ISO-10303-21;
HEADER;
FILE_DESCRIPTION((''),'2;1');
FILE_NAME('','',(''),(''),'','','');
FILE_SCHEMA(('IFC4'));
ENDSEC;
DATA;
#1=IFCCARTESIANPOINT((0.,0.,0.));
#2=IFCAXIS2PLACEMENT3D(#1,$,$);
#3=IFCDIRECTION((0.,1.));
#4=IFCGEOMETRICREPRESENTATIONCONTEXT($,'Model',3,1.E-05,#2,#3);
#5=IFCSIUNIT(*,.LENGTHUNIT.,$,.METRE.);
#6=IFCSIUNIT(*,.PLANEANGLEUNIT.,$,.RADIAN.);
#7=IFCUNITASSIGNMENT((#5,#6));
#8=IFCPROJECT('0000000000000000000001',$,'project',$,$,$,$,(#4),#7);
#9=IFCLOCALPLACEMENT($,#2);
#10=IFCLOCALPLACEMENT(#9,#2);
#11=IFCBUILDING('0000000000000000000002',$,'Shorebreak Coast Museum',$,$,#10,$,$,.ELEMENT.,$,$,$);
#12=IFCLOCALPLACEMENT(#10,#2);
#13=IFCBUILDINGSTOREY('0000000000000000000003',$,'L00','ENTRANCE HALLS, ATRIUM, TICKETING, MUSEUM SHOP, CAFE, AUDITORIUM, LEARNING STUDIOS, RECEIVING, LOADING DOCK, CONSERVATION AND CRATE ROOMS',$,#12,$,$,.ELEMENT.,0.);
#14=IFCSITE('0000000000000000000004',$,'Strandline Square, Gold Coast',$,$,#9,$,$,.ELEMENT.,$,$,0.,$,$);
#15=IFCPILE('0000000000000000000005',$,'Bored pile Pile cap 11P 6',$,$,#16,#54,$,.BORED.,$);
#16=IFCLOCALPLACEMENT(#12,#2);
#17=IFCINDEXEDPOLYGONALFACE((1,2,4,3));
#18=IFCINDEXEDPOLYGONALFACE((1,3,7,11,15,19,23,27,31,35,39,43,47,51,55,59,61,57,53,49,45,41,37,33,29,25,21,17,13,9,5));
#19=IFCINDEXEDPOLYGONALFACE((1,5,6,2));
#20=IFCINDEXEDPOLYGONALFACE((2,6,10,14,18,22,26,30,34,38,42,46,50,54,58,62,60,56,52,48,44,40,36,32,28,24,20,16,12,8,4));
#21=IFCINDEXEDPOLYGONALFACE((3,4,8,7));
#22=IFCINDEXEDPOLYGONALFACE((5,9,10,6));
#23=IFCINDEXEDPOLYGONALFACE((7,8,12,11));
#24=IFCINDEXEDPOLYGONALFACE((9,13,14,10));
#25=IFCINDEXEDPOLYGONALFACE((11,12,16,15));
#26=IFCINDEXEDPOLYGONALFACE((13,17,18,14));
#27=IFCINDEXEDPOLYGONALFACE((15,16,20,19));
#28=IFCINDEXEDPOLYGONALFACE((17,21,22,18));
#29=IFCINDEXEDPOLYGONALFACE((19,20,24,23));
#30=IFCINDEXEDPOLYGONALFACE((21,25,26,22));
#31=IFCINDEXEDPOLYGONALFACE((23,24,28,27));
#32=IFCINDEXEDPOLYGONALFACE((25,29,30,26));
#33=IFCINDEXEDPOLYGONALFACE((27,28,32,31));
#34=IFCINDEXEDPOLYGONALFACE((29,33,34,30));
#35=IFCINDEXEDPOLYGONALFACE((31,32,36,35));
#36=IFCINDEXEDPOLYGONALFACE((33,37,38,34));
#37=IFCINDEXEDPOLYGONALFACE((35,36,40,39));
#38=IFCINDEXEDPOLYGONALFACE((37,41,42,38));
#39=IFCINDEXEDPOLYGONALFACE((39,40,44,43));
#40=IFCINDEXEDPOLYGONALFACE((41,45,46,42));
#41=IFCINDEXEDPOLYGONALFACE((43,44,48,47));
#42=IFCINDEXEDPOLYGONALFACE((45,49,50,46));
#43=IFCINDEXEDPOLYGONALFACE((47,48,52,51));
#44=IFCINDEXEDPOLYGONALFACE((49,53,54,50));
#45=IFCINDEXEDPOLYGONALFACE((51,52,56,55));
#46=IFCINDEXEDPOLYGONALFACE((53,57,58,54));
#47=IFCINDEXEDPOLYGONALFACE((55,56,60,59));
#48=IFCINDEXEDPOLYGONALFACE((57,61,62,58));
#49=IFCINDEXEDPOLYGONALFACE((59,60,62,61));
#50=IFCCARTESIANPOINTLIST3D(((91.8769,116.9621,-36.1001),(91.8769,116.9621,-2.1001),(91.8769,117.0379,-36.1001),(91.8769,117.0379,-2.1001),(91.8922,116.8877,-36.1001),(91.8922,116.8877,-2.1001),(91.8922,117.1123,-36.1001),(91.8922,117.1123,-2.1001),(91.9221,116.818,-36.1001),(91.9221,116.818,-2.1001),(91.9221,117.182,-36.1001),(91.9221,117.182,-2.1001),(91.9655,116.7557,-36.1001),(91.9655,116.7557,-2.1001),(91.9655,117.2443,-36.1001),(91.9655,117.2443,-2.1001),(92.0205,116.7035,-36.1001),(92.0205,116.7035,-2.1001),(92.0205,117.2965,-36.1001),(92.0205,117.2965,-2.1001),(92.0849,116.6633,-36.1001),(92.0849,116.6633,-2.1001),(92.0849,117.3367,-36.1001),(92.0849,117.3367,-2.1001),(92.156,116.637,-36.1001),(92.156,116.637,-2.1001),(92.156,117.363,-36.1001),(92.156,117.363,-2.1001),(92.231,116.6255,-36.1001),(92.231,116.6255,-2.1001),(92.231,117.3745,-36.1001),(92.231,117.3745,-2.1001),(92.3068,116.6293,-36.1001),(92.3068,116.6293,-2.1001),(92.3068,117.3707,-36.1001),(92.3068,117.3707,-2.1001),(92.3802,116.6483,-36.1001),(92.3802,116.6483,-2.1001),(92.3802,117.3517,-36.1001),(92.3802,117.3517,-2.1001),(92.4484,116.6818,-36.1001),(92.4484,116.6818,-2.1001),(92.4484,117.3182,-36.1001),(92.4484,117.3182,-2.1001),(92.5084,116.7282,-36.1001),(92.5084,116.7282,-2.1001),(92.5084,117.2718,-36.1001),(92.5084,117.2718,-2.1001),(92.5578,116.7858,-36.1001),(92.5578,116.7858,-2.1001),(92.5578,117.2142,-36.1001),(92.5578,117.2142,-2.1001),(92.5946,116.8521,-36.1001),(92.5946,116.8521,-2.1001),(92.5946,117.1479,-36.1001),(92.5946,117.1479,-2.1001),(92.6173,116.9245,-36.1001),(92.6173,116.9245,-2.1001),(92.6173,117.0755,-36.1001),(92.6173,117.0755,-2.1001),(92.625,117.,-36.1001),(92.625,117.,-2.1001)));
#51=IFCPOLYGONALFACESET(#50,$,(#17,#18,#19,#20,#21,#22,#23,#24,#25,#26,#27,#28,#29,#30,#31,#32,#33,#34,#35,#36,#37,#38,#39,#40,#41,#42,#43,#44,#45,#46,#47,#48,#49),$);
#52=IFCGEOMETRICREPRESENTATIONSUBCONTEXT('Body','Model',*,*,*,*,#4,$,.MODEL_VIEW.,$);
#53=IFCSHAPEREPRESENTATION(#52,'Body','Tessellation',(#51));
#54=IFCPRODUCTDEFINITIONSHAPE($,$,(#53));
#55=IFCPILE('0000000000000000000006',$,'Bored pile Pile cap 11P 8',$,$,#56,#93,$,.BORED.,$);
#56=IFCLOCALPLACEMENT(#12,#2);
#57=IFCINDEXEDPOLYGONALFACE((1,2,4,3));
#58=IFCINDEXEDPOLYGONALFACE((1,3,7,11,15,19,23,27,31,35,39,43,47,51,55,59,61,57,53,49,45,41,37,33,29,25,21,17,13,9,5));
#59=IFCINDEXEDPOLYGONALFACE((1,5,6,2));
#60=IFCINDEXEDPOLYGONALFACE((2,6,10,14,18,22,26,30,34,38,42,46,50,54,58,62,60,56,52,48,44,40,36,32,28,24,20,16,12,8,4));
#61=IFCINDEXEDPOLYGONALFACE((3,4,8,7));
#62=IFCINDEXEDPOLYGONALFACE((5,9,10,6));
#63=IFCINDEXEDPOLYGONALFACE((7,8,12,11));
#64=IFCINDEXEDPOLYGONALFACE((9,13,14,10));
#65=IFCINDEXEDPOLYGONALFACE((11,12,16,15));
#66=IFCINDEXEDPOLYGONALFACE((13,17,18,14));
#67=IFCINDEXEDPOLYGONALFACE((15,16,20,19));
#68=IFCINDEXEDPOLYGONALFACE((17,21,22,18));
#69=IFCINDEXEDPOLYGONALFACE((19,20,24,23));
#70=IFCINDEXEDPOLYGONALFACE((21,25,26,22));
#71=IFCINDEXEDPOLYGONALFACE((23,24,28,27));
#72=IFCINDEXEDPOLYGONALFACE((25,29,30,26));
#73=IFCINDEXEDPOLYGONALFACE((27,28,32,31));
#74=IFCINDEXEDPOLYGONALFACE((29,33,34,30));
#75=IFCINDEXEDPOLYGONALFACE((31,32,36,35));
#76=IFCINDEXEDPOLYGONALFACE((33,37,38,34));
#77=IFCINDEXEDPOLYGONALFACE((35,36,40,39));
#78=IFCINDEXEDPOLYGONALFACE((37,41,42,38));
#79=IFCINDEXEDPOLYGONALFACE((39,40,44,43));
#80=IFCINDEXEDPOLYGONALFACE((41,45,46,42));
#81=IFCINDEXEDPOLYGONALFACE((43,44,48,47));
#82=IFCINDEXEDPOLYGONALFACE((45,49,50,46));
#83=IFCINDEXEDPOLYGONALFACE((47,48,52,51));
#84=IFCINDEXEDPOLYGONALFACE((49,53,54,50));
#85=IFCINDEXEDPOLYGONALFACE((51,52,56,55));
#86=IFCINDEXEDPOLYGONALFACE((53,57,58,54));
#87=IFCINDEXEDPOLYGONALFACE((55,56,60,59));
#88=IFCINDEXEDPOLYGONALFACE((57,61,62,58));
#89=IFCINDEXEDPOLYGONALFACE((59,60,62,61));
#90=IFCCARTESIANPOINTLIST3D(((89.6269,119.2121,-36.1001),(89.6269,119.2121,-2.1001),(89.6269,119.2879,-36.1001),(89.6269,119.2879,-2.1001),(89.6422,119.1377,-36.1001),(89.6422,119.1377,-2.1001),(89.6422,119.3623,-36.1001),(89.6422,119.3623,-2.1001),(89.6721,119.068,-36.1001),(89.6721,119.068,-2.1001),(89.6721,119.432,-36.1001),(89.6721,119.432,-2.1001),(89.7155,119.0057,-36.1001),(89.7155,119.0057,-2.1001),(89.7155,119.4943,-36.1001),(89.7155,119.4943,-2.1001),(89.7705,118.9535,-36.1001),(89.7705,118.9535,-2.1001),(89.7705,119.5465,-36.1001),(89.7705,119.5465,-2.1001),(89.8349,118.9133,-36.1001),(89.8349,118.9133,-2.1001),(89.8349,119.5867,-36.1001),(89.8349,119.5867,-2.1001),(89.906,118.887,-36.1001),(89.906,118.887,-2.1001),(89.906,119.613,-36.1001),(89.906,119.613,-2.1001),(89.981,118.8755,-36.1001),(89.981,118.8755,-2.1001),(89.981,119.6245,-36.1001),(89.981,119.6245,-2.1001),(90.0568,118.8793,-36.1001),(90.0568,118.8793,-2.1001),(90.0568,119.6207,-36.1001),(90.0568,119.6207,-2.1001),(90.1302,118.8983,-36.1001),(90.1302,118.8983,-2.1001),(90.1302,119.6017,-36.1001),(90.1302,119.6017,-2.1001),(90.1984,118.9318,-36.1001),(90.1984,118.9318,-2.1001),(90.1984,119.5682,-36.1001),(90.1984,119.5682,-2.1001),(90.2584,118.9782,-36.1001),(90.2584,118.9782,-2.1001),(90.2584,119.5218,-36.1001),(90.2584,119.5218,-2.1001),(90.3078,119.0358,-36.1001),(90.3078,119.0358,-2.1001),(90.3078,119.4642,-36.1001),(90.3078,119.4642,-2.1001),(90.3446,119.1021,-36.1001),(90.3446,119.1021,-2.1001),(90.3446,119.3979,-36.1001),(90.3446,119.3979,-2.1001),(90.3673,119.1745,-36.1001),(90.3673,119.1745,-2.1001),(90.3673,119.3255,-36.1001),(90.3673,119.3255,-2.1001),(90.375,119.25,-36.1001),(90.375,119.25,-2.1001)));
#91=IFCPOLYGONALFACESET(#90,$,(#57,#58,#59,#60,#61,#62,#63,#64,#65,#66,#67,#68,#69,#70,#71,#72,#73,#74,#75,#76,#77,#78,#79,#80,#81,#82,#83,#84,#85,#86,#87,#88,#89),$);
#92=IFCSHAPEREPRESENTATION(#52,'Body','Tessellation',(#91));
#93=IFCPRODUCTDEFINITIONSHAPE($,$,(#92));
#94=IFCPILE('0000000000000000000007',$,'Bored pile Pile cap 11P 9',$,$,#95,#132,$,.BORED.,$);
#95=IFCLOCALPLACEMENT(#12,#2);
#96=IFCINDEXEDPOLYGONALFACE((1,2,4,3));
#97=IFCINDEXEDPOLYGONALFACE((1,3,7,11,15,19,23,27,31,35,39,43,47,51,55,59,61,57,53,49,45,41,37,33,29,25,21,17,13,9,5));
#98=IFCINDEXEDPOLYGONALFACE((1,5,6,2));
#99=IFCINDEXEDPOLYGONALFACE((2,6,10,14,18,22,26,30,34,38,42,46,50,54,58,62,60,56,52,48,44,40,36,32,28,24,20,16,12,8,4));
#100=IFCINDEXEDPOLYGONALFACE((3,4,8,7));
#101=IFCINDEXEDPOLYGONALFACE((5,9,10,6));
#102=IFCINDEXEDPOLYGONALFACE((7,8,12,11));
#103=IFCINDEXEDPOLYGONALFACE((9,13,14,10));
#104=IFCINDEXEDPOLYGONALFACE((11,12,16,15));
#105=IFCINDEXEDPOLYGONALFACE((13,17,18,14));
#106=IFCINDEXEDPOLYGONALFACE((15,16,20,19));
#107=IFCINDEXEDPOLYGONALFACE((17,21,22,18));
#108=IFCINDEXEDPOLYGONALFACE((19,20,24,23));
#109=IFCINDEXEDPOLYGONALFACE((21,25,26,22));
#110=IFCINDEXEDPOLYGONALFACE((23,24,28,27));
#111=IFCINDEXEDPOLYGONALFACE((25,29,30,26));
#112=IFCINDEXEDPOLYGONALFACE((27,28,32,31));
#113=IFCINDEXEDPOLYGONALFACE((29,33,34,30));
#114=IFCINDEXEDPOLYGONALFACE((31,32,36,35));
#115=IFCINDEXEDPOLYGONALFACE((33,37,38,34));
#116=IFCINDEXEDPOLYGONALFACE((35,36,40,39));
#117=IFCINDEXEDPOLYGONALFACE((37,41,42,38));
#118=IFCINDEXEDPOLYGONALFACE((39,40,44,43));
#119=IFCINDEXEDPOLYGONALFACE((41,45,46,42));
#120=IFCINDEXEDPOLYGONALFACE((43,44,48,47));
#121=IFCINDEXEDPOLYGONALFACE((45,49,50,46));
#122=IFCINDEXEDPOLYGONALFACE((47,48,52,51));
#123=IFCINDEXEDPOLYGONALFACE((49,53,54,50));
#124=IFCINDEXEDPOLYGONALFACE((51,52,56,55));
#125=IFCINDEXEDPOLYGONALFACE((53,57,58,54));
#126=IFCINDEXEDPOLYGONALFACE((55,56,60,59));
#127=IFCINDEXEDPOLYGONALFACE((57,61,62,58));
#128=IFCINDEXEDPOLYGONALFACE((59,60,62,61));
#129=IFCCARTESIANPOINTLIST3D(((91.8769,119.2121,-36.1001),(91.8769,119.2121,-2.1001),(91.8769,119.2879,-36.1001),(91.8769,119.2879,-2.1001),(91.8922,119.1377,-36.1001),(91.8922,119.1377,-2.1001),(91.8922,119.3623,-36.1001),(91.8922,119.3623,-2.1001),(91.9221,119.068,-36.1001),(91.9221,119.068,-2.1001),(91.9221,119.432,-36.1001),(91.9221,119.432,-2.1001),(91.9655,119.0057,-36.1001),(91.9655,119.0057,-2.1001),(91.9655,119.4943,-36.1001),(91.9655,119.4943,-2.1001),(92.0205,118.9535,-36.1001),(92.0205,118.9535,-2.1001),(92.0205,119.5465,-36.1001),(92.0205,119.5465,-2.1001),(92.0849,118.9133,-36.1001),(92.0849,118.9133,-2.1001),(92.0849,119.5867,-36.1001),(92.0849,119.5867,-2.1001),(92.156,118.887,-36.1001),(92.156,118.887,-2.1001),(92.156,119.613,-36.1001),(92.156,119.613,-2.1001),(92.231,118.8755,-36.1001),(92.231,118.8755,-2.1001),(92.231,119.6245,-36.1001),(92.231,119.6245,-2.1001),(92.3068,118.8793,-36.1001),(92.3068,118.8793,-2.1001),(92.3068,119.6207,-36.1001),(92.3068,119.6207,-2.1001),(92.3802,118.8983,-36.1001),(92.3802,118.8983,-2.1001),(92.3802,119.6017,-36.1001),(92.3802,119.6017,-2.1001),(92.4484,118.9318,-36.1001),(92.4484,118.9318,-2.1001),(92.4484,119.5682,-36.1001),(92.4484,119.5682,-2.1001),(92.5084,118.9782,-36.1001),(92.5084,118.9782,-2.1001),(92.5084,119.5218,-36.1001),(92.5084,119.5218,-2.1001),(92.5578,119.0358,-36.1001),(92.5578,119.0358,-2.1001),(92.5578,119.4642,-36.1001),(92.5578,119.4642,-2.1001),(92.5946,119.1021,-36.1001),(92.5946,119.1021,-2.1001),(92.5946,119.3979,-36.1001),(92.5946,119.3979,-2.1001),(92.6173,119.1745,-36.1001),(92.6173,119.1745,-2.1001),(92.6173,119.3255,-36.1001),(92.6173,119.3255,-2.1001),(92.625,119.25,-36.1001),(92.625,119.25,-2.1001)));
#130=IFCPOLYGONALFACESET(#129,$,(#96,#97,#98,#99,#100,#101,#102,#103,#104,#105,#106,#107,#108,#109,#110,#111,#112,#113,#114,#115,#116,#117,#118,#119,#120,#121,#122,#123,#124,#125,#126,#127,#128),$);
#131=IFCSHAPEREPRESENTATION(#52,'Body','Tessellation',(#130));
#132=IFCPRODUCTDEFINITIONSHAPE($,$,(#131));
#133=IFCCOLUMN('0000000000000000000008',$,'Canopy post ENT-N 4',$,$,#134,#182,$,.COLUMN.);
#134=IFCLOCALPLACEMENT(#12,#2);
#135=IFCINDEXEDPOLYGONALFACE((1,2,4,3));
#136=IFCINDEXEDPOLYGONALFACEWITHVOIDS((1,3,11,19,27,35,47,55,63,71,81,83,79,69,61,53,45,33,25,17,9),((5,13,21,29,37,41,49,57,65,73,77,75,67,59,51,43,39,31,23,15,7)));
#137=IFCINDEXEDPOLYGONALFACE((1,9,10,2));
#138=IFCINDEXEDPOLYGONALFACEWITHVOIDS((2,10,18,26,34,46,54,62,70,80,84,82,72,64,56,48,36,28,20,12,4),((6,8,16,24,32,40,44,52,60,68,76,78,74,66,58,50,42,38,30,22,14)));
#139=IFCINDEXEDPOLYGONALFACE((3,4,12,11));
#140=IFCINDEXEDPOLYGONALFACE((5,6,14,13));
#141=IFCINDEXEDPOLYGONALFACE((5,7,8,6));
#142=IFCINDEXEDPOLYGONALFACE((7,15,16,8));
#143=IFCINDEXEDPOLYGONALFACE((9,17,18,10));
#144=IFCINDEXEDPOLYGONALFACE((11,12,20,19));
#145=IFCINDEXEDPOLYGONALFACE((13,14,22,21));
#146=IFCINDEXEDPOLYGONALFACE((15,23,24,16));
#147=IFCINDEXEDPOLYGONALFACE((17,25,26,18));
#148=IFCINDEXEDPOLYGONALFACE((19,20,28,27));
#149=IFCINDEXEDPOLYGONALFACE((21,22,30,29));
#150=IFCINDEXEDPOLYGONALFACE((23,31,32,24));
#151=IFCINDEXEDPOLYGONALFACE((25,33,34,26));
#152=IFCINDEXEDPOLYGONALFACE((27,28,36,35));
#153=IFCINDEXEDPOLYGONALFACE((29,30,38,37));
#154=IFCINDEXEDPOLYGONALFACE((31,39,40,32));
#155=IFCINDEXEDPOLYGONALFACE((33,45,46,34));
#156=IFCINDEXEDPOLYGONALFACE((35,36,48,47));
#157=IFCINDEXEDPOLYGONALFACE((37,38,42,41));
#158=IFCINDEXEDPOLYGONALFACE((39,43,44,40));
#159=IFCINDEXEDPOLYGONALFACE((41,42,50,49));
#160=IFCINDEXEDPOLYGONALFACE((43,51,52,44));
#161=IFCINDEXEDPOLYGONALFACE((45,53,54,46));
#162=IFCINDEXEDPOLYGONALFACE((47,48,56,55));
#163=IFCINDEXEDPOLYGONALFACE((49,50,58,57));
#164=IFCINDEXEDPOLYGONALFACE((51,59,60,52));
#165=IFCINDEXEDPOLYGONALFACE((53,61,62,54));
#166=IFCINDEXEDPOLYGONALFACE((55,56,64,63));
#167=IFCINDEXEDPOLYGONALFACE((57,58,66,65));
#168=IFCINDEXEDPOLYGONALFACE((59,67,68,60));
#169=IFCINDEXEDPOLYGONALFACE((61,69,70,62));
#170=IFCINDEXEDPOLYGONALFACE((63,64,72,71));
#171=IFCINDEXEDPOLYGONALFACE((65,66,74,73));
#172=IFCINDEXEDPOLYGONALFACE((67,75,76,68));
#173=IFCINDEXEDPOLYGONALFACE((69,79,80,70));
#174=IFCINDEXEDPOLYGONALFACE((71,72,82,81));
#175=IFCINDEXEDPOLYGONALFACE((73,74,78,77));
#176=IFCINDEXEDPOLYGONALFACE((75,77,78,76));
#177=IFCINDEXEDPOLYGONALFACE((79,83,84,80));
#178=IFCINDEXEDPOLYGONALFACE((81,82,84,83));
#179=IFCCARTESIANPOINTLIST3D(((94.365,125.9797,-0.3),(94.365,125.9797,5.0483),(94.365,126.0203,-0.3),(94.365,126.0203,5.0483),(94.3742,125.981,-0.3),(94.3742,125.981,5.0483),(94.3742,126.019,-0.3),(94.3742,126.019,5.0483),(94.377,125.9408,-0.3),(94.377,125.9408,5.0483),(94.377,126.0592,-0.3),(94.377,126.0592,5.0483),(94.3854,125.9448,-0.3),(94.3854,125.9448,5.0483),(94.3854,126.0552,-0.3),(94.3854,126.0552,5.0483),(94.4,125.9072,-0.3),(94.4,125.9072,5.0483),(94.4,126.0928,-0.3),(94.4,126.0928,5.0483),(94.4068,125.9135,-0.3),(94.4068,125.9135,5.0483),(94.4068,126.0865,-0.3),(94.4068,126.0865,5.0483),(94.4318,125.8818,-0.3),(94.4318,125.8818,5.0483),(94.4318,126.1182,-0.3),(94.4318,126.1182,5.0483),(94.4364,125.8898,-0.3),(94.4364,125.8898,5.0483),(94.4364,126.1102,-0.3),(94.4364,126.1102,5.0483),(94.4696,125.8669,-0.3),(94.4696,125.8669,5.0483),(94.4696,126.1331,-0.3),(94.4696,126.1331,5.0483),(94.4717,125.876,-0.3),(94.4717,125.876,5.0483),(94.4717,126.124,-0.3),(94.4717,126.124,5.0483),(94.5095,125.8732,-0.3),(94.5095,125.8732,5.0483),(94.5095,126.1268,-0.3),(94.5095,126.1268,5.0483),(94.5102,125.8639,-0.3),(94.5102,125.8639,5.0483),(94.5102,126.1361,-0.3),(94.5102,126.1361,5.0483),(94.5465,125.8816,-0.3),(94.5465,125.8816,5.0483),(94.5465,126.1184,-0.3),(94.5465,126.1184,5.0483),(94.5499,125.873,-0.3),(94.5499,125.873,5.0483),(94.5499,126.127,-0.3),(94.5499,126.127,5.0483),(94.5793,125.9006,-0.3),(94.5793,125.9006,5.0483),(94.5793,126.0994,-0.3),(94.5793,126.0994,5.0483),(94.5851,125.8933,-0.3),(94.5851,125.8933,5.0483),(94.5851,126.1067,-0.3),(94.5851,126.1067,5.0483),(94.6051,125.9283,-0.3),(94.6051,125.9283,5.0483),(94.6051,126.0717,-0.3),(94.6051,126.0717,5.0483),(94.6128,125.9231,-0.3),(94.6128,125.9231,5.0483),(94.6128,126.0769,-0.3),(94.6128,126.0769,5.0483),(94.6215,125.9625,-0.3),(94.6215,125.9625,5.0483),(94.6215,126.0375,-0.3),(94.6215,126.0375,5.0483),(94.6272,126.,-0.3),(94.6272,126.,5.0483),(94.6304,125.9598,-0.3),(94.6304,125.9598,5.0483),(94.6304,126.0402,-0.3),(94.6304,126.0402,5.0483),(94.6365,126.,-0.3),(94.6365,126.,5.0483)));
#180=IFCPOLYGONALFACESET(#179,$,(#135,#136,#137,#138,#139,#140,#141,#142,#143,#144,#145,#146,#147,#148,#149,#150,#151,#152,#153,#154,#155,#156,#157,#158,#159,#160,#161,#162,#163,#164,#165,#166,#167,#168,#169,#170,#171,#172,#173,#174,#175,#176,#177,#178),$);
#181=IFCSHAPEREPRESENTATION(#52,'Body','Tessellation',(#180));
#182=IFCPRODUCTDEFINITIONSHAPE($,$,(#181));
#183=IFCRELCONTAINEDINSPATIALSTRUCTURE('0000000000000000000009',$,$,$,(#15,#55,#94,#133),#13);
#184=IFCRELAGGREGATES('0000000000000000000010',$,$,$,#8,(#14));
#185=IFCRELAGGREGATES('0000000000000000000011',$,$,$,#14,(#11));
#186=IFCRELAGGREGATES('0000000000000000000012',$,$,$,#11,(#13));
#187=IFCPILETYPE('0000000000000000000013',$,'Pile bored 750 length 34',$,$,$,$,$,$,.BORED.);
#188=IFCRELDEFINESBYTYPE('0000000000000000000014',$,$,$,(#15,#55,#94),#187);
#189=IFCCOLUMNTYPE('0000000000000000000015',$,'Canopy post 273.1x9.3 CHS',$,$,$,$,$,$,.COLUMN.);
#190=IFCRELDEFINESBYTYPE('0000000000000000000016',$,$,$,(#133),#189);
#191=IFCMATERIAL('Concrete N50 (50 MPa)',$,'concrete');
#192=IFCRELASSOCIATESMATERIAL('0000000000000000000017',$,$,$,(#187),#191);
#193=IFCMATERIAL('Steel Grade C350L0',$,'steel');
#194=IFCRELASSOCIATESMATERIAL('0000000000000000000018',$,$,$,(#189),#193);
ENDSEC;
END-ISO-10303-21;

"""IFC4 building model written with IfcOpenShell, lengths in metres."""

from ifc_helpers import new_model, si_unit, direction, frame, origin, origin_2d, place, context, subcontext, project, spatial, circle, hollow_circle, extrude, material, material_profile, profile_set, type_object, element, save


model = new_model("IFC4")

# Units and contexts
model_context = context("Model", 3, precision=1e-05, world=origin(), true_north=direction((0.0, 1.0)))
body_context = subcontext(model_context, "Body", "Model", "MODEL_VIEW")
ifc_project = project(units=[si_unit("LENGTHUNIT", "METRE"), si_unit("PLANEANGLEUNIT", "RADIAN")], contexts=[model_context])

# Site, building, storey
site_placement = place(None, origin())
site = spatial("IfcSite", under=ifc_project, at=site_placement, Name="Strandline Square, Gold Coast", CompositionType="ELEMENT", RefElevation=0.0)
building_placement = place(site_placement, origin())
building = spatial("IfcBuilding", under=site, at=building_placement, Name="Shorebreak Coast Museum", CompositionType="ELEMENT")
storey_placement = place(building_placement, origin())
storey = spatial("IfcBuildingStorey", under=building, at=storey_placement, Name="L00", Description="ENTRANCE HALLS, ATRIUM, TICKETING, MUSEUM SHOP, CAFE, AUDITORIUM, LEARNING STUDIOS, RECEIVING, LOADING DOCK, CONSERVATION AND CRATE ROOMS", CompositionType="ELEMENT", Elevation=0.0)

# Piles
ifc_material_1 = material(Name="Concrete N50 (50 MPa)", Category="concrete")
ifc_material_profile_1 = material_profile(ifc_material_1, circle(Radius=0.375, at=origin_2d()), Name="Pile bored 750 length 34")
ifc_profile_set_1 = profile_set([ifc_material_profile_1], Name="Concrete N50 (50 MPa)")
pile_type_1 = type_object("IfcPileType", Name="Pile bored 750 length 34", PredefinedType="BORED", material=ifc_profile_set_1)
for number, where, z_axis, x_axis, name in (
    (1, (92.25, 117.0, -2.1001), (0.0, 0.0, -1.0), (1.0, 0.0, 0.0), "Bored pile Pile cap 11P 6"),
    (2, (90.0, 119.25, -2.1001), (0.0, 0.0, -1.0), (1.0, 0.0, 0.0), "Bored pile Pile cap 11P 8"),
    (3, (92.25, 119.25, -2.1001), (0.0, 0.0, -1.0), (1.0, 0.0, 0.0), "Bored pile Pile cap 11P 9"),
):
    element("IfcPile", number, at=place(storey_placement, frame(where, z_axis=z_axis, x_axis=x_axis)), inside=storey, type_object=pile_type_1, Name=name, PredefinedType="BORED", context=body_context, shape_type="SweptSolid", body=[
        extrude(circle(Radius=0.375, at=origin_2d()), origin(), (0.0, 0.0, 1.0), 34.0),
    ])

# Column
ifc_material_2 = material(Name="Steel Grade C350L0", Category="steel")
ifc_material_profile_2 = material_profile(ifc_material_2, hollow_circle(Radius=0.1365, WallThickness=0.0093, at=origin_2d()), Name="273.1x9.3 CHS")
ifc_profile_set_2 = profile_set([ifc_material_profile_2], Name="Steel Grade C350L0")
column_type_1 = type_object("IfcColumnType", Name="Canopy post 273.1x9.3 CHS", PredefinedType="COLUMN", material=ifc_profile_set_2)
column_1_placement = place(storey_placement, frame((94.5, 126.0, -0.3), z_axis=(0.0, 0.0, 1.0), x_axis=(1.0, 0.0, 0.0)))
element("IfcColumn", 4, at=column_1_placement, inside=storey, type_object=column_type_1, Name="Canopy post ENT-N 4", PredefinedType="COLUMN", context=body_context, shape_type="SweptSolid", body=[
    extrude(hollow_circle(Radius=0.1365, WallThickness=0.0093, at=origin_2d()), origin(), (0.0, 0.0, 1.0), 5.3484),
])

save(model, "model.ifc")
